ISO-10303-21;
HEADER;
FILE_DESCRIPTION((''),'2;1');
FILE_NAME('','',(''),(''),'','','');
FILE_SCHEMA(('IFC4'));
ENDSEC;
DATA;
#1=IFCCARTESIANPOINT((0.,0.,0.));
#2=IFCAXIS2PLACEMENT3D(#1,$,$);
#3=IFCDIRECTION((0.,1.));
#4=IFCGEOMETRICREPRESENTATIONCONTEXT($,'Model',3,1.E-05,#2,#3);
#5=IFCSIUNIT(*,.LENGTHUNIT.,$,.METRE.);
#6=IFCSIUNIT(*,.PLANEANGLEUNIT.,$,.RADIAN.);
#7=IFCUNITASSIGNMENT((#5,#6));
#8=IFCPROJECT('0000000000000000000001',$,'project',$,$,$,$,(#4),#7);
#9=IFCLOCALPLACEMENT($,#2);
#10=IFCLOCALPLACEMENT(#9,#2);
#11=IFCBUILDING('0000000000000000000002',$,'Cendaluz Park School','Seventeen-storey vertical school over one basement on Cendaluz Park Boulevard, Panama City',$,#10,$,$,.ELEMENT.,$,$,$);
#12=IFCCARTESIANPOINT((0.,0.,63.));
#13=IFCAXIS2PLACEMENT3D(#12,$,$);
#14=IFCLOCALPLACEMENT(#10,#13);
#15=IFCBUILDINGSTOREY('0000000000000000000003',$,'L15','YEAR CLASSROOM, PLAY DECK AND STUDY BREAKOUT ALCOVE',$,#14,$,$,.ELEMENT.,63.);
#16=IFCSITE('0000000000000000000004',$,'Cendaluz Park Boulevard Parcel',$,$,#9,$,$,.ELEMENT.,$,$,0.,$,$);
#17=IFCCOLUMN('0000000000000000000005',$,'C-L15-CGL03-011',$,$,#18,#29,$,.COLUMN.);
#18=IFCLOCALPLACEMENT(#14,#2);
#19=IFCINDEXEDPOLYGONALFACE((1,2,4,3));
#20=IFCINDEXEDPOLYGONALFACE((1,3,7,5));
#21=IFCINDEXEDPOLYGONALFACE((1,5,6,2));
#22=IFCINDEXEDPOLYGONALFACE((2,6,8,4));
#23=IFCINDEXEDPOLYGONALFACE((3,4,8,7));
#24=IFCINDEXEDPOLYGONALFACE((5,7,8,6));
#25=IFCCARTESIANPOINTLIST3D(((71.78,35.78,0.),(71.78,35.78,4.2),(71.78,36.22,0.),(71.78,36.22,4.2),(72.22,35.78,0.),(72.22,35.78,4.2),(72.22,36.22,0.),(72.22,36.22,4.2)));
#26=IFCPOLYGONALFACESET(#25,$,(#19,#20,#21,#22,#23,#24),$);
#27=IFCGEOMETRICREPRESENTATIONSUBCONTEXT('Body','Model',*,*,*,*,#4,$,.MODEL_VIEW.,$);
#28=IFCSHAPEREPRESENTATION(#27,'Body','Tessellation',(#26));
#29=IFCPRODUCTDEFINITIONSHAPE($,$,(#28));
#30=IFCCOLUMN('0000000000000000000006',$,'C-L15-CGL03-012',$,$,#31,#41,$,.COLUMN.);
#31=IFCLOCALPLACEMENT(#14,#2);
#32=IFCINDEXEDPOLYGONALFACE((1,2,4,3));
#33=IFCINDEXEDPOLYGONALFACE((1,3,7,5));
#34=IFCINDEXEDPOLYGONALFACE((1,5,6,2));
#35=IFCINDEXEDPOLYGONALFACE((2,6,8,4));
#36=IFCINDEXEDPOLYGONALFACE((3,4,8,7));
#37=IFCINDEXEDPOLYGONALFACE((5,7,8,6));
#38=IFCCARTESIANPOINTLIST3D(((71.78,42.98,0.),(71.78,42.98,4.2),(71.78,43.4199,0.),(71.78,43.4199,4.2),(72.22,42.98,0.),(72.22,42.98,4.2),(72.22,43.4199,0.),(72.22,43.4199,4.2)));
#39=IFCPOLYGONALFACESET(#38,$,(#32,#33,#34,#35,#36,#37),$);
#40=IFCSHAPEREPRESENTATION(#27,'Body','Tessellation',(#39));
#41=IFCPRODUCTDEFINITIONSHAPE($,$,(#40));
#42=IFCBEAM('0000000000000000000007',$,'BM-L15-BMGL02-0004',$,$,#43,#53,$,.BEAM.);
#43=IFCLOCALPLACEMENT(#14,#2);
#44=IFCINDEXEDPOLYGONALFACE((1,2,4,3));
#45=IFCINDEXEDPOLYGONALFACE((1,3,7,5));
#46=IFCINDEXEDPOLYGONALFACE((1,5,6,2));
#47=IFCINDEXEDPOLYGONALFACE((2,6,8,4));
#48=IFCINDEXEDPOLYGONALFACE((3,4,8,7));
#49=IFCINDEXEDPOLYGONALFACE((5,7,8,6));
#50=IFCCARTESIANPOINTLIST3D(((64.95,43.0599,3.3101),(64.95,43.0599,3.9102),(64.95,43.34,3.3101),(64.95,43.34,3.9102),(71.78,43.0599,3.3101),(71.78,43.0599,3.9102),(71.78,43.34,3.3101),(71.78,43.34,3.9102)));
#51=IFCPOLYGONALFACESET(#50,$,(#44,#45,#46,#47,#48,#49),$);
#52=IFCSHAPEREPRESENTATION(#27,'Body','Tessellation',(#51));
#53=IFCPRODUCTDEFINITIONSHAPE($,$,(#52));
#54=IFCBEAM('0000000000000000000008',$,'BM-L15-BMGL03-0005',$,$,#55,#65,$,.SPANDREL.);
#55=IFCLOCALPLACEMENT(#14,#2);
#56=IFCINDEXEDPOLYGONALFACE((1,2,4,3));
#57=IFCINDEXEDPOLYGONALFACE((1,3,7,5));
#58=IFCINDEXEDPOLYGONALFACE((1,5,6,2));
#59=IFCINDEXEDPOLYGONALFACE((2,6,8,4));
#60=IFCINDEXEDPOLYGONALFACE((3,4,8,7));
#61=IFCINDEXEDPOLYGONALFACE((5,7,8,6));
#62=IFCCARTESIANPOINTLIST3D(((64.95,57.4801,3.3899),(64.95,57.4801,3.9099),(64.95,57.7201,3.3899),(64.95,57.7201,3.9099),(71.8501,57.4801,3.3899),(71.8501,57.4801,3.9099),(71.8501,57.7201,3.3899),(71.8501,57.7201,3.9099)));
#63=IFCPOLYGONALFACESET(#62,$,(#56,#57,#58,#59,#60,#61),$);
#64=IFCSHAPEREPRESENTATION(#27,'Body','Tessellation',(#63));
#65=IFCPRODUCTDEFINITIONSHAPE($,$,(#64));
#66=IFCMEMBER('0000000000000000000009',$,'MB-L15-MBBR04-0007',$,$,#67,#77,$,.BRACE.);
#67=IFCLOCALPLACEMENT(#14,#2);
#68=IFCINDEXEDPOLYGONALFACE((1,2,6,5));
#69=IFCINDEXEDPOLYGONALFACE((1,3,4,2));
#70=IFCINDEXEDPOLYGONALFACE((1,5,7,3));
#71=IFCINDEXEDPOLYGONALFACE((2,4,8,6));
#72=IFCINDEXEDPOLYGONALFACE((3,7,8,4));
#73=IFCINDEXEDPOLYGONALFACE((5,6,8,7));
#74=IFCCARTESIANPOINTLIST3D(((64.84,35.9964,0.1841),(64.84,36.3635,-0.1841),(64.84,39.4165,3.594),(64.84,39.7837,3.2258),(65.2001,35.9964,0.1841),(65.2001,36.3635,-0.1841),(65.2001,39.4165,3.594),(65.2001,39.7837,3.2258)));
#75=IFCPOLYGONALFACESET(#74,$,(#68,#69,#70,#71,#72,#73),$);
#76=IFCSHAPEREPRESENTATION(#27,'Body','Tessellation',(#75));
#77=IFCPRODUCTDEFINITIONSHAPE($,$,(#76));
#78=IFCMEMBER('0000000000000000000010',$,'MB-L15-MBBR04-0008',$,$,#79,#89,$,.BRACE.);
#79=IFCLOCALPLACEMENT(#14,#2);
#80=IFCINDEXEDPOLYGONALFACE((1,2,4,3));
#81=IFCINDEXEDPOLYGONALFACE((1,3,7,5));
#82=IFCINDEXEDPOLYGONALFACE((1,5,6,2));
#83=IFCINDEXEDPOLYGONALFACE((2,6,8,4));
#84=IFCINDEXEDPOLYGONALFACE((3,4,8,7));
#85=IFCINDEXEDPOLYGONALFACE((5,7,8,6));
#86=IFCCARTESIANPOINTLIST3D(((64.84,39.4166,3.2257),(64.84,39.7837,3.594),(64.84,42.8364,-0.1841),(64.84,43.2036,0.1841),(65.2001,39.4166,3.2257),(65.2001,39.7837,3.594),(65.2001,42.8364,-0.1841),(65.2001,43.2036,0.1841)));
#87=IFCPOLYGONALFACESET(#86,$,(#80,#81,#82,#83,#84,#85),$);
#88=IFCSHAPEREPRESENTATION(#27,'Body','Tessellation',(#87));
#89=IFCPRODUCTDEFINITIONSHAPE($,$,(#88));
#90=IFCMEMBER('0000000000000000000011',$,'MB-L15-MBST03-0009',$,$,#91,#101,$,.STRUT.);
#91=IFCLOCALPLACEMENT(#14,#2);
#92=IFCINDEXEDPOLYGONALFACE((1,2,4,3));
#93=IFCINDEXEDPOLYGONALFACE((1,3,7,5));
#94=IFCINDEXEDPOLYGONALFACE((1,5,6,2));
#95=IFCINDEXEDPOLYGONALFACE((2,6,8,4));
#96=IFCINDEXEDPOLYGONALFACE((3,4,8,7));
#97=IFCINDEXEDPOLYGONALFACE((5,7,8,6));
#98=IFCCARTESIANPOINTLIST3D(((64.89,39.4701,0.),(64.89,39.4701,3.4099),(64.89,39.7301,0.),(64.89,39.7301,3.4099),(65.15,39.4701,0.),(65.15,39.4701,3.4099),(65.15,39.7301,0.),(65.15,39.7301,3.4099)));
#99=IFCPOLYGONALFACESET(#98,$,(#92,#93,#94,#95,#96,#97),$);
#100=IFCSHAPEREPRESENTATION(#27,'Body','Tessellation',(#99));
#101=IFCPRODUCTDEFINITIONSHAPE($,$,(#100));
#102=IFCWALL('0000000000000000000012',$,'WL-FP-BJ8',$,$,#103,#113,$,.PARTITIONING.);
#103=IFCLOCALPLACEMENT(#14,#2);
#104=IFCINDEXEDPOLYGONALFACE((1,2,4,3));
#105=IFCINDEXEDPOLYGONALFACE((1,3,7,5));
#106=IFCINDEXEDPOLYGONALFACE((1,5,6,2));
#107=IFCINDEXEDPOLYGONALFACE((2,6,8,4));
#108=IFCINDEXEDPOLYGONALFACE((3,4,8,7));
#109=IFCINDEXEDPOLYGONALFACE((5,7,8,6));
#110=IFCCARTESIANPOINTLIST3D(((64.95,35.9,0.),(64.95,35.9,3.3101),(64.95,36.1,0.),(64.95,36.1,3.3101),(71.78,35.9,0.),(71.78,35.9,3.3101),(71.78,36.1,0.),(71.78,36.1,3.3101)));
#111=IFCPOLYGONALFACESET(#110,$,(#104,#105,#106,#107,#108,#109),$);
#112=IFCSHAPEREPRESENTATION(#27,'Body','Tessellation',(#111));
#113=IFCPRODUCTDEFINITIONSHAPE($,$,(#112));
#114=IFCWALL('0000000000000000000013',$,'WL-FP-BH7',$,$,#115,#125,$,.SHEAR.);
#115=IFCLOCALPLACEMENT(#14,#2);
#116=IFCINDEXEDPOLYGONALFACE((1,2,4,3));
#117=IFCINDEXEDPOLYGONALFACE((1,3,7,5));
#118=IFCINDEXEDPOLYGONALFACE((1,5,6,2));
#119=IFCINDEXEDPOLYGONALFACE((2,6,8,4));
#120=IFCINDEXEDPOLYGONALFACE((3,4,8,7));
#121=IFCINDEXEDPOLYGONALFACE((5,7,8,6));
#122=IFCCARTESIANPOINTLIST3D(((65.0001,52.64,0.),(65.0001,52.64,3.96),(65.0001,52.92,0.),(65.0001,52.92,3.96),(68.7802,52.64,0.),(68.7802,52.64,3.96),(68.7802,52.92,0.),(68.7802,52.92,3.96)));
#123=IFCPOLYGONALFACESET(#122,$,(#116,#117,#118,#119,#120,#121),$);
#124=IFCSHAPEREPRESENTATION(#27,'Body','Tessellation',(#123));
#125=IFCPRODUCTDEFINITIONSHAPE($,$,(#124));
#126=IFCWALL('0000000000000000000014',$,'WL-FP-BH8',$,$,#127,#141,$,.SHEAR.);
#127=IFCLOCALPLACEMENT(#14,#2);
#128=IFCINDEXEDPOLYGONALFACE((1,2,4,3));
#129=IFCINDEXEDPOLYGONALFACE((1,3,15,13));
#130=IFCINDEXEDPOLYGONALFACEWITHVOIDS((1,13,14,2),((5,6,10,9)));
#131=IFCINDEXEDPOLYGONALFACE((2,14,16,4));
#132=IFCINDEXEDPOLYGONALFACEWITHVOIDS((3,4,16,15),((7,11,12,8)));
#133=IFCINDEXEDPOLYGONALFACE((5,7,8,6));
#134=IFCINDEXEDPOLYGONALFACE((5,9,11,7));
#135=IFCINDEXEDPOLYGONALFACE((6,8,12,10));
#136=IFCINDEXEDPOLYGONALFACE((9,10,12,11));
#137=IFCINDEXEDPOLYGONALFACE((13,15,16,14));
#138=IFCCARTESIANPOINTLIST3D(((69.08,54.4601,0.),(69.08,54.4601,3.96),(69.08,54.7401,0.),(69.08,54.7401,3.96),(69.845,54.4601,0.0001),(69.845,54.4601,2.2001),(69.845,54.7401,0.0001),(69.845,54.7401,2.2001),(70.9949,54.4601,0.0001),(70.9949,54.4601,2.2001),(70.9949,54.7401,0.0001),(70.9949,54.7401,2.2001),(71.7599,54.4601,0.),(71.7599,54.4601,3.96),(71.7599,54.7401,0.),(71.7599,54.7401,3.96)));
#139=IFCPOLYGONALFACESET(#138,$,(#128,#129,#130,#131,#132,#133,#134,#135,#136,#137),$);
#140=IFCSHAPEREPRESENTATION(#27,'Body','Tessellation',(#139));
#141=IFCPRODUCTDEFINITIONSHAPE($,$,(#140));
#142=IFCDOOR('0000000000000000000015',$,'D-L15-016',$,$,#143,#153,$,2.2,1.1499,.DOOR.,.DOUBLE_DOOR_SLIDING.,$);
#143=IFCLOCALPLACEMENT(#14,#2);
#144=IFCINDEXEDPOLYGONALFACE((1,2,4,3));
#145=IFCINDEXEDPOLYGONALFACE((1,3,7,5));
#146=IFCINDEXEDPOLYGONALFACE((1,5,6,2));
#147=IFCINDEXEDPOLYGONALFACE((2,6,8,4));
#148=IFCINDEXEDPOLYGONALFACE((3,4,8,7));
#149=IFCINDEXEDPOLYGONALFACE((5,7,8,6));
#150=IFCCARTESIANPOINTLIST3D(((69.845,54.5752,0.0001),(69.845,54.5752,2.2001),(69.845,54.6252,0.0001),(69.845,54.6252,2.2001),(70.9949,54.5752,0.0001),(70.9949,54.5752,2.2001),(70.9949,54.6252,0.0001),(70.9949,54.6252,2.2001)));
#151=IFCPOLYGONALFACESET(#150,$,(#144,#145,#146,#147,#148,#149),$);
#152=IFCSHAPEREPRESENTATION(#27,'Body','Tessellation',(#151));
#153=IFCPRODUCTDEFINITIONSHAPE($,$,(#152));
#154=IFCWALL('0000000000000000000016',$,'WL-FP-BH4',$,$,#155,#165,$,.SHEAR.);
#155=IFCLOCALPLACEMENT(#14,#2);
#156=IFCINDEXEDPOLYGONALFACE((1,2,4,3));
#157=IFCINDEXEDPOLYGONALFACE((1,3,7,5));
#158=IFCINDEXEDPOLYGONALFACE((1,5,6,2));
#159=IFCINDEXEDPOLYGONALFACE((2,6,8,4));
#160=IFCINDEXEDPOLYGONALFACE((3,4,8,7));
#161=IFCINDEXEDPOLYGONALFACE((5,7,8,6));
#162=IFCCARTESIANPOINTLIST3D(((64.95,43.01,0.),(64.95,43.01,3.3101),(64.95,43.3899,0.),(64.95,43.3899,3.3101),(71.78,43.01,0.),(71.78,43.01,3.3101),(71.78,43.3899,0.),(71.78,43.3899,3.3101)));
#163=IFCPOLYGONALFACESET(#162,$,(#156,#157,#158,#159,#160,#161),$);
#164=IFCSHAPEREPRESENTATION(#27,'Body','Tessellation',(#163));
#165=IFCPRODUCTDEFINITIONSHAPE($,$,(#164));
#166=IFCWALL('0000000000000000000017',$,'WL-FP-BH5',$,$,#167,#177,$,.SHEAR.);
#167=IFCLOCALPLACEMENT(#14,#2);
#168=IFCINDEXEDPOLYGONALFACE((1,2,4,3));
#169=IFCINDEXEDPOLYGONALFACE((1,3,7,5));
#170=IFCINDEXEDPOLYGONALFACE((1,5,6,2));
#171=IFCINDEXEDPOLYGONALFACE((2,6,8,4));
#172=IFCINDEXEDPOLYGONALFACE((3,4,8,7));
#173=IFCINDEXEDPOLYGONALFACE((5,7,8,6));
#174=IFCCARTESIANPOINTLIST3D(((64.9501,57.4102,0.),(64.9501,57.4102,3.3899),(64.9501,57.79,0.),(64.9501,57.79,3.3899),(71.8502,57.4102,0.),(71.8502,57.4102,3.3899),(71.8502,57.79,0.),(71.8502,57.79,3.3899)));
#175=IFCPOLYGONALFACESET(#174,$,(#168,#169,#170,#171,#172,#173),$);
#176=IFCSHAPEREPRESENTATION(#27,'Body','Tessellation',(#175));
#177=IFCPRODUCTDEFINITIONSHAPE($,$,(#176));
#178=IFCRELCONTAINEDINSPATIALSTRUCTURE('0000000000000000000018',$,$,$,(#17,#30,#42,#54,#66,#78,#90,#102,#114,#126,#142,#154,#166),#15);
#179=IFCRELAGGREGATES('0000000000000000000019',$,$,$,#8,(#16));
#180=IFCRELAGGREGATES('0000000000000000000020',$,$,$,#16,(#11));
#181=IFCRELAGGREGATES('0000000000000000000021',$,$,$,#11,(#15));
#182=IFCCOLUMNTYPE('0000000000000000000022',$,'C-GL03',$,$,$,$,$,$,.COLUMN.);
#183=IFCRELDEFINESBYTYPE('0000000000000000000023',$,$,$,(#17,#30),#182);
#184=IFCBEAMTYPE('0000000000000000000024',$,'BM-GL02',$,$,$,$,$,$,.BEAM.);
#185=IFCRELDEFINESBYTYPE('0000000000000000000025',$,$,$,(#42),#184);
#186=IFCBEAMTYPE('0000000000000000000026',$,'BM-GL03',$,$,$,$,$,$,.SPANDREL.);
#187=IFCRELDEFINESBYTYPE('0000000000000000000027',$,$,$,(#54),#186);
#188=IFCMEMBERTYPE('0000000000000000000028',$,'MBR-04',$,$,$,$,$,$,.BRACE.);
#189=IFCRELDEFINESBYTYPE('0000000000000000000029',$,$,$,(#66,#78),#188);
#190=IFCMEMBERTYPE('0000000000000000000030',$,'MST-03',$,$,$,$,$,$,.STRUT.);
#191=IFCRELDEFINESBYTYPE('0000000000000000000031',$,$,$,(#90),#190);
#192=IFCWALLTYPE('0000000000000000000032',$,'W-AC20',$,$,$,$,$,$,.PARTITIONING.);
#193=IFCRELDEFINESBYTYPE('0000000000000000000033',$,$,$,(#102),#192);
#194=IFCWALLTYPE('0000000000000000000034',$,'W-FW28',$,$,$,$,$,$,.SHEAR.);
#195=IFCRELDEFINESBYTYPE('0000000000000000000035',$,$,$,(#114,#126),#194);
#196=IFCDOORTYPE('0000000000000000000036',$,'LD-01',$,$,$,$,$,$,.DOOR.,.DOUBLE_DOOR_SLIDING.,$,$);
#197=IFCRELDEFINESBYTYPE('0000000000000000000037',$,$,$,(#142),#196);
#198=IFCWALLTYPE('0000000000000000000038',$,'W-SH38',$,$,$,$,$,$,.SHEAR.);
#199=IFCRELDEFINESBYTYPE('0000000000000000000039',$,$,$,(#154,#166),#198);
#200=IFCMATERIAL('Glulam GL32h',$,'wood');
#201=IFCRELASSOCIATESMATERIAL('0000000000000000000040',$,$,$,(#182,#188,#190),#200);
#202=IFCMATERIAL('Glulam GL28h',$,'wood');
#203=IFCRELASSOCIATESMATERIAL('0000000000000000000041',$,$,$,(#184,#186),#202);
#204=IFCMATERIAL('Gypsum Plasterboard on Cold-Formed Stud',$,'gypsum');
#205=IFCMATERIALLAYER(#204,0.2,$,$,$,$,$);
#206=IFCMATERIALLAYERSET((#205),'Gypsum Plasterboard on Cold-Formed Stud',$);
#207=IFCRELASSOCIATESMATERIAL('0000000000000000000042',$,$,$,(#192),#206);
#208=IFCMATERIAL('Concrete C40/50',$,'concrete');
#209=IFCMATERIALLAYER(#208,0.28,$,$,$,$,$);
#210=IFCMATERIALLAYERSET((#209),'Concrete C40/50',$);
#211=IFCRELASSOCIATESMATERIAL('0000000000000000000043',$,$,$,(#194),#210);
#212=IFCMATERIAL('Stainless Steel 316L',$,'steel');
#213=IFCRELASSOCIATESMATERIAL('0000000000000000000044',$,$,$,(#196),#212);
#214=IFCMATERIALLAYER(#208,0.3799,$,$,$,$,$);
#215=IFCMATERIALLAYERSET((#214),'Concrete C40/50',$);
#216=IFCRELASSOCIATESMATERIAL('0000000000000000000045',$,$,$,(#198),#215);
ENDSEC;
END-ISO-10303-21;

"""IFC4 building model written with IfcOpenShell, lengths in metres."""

from ifc_helpers import new_model, si_unit, direction, frame, frame_2d, origin, origin_2d, place, context, subcontext, project, spatial, rectangle, extrude, material, layer, layer_set, material_profile, profile_set, type_object, element, fill, save


model = new_model("IFC4")

# Units and contexts
model_context = context("Model", 3, precision=1e-05, world=origin(), true_north=direction((0.0, 1.0)))
body_context = subcontext(model_context, "Body", "Model", "MODEL_VIEW")
ifc_project = project(units=[si_unit("LENGTHUNIT", "METRE"), si_unit("PLANEANGLEUNIT", "RADIAN")], contexts=[model_context])

# Site, building, storey
site_placement = place(None, origin())
site = spatial("IfcSite", under=ifc_project, at=site_placement, Name="Cendaluz Park Boulevard Parcel", CompositionType="ELEMENT", RefElevation=0.0)
building_placement = place(site_placement, origin())
building = spatial("IfcBuilding", under=site, at=building_placement, Name="Cendaluz Park School", Description="Seventeen-storey vertical school over one basement on Cendaluz Park Boulevard, Panama City", CompositionType="ELEMENT")
storey_placement = place(building_placement, frame((0.0, 0.0, 63.0)))
storey = spatial("IfcBuildingStorey", under=building, at=storey_placement, Name="L15", Description="YEAR CLASSROOM, PLAY DECK AND STUDY BREAKOUT ALCOVE", CompositionType="ELEMENT", Elevation=63.0)

# Columns
ifc_material_1 = material(Name="Glulam GL32h", Category="wood")
ifc_material_profile_1 = material_profile(ifc_material_1, rectangle(XDim=0.4399, YDim=0.4399, at=origin_2d()), Name="GL32h 440x440", Category="wood")
ifc_profile_set_1 = profile_set([ifc_material_profile_1], Name="Glulam GL32h")
column_type = type_object("IfcColumnType", Name="C-GL03", PredefinedType="COLUMN", material=ifc_profile_set_1)
for number, where, z_axis, x_axis, name in (
    (1, (72.0, 36.0, 0.0), (0.0, 0.0, 1.0), (1.0, 0.0, 0.0), "C-L15-CGL03-011"),
    (2, (72.0, 43.2, 0.0), (0.0, 0.0, 1.0), (1.0, 0.0, 0.0), "C-L15-CGL03-012"),
):
    element("IfcColumn", number, at=place(storey_placement, frame(where, z_axis=z_axis, x_axis=x_axis)), inside=storey, type_object=column_type, Name=name, PredefinedType="COLUMN", context=body_context, shape_type="SweptSolid", body=[
        extrude(rectangle(XDim=0.4399, YDim=0.4399, at=origin_2d()), origin(), (0.0, 0.0, 1.0), 4.2),
    ])

# Beams
ifc_material_2 = material(Name="Glulam GL28h", Category="wood")
ifc_material_profile_2 = material_profile(ifc_material_2, rectangle(XDim=0.28, YDim=0.6001, at=origin_2d()), Name="GL28h 280x600", Category="wood")
ifc_profile_set_2 = profile_set([ifc_material_profile_2], Name="Glulam GL28h")
beam_type_1 = type_object("IfcBeamType", Name="BM-GL02", PredefinedType="BEAM", material=ifc_profile_set_2)
beam_1_placement = place(storey_placement, frame((64.95, 43.2, 3.6101), z_axis=(1.0, 0.0, 0.0), x_axis=(0.0, 1.0, 0.0)))
element("IfcBeam", 3, at=beam_1_placement, inside=storey, type_object=beam_type_1, Name="BM-L15-BMGL02-0004", PredefinedType="BEAM", context=body_context, shape_type="SweptSolid", body=[
    extrude(rectangle(XDim=0.28, YDim=0.6001, at=origin_2d()), origin(), (0.0, 0.0, 1.0), 6.8301),
])
ifc_material_profile_3 = material_profile(ifc_material_2, rectangle(XDim=0.24, YDim=0.52, at=origin_2d()), Name="GL28h 240x520", Category="wood")
ifc_profile_set_3 = profile_set([ifc_material_profile_3], Name="Glulam GL28h")
beam_type_2 = type_object("IfcBeamType", Name="BM-GL03", PredefinedType="SPANDREL", material=ifc_profile_set_3)
beam_2_placement = place(storey_placement, frame((64.95, 57.6001, 3.6499), z_axis=(1.0, 0.0, 0.0), x_axis=(0.0, 1.0, 0.0)))
element("IfcBeam", 4, at=beam_2_placement, inside=storey, type_object=beam_type_2, Name="BM-L15-BMGL03-0005", PredefinedType="SPANDREL", context=body_context, shape_type="SweptSolid", body=[
    extrude(rectangle(XDim=0.24, YDim=0.52, at=origin_2d()), origin(), (0.0, 0.0, 1.0), 6.9001),
])

# Members
ifc_material_profile_4 = material_profile(ifc_material_1, rectangle(XDim=0.3601, YDim=0.52, at=origin_2d()), Name="GL32h 360x520", Category="wood")
ifc_profile_set_4 = profile_set([ifc_material_profile_4], Name="Glulam GL32h")
member_type_1 = type_object("IfcMemberType", Name="MBR-04", PredefinedType="BRACE", material=ifc_profile_set_4)
member_1_placement = place(storey_placement, frame((65.02, 36.1799, 0.0), z_axis=(0.0, 0.708168, 0.706044), x_axis=(-1.0, 0.0, 0.0)))
element("IfcMember", 5, at=member_1_placement, inside=storey, type_object=member_type_1, Name="MB-L15-MBBR04-0007", PredefinedType="BRACE", context=body_context, shape_type="SweptSolid", body=[
    extrude(rectangle(XDim=0.3601, YDim=0.52, at=origin_2d()), origin(), (0.0, 0.0, 1.0), 4.8296),
])
member_2_placement = place(storey_placement, frame((65.02, 43.02, 0.0), z_axis=(0.0, -0.708142, 0.70607), x_axis=(1.0, 0.0, 0.0)))
element("IfcMember", 6, at=member_2_placement, inside=storey, type_object=member_type_1, Name="MB-L15-MBBR04-0008", PredefinedType="BRACE", context=body_context, shape_type="SweptSolid", body=[
    extrude(rectangle(XDim=0.3601, YDim=0.52, at=origin_2d()), origin(), (0.0, 0.0, 1.0), 4.8293),
])
ifc_material_profile_5 = material_profile(ifc_material_1, rectangle(XDim=0.26, YDim=0.26, at=origin_2d()), Name="GL32h 260x260", Category="wood")
ifc_profile_set_5 = profile_set([ifc_material_profile_5], Name="Glulam GL32h")
member_type_2 = type_object("IfcMemberType", Name="MST-03", PredefinedType="STRUT", material=ifc_profile_set_5)
member_3_placement = place(storey_placement, frame((65.02, 39.6001, 0.0), z_axis=(0.0, 0.0, 1.0), x_axis=(1.0, 0.0, 0.0)))
element("IfcMember", 7, at=member_3_placement, inside=storey, type_object=member_type_2, Name="MB-L15-MBST03-0009", PredefinedType="STRUT", context=body_context, shape_type="SweptSolid", body=[
    extrude(rectangle(XDim=0.26, YDim=0.26, at=origin_2d()), origin(), (0.0, 0.0, 1.0), 3.4099),
])

# Wall
ifc_material_3 = material(Name="Gypsum Plasterboard on Cold-Formed Stud", Category="gypsum")
ifc_layer_1 = layer(ifc_material_3, 0.2)
ifc_layer_set_1 = layer_set([ifc_layer_1], Name="Gypsum Plasterboard on Cold-Formed Stud")
wall_type_1 = type_object("IfcWallType", Name="W-AC20", PredefinedType="PARTITIONING", material=ifc_layer_set_1)
wall_1_placement = place(storey_placement, frame((64.95, 36.0, 0.0), z_axis=(0.0, 0.0, 1.0), x_axis=(1.0, 0.0, 0.0)))
element("IfcWall", 8, at=wall_1_placement, inside=storey, type_object=wall_type_1, Name="WL-FP-BJ8", PredefinedType="PARTITIONING", context=body_context, shape_type="SweptSolid", body=[
    extrude(rectangle(XDim=6.8301, YDim=0.2, at=frame_2d((3.415, 0.0))), origin(), (0.0, 0.0, 1.0), 3.3101),
])

# Shared definitions
ifc_material_4 = material(Name="Concrete C40/50", Category="concrete")
ifc_layer_2 = layer(ifc_material_4, 0.28)
ifc_layer_set_2 = layer_set([ifc_layer_2], Name="Concrete C40/50")
wall_type_2 = type_object("IfcWallType", Name="W-FW28", PredefinedType="SHEAR", material=ifc_layer_set_2)

# Wall
wall_2_placement = place(storey_placement, frame((65.0, 52.78, 0.0), z_axis=(0.0, 0.0, 1.0), x_axis=(1.0, 0.0, 0.0)))
element("IfcWall", 9, at=wall_2_placement, inside=storey, type_object=wall_type_2, Name="WL-FP-BH7", PredefinedType="SHEAR", context=body_context, shape_type="SweptSolid", body=[
    extrude(rectangle(XDim=3.78, YDim=0.28, at=frame_2d((1.8901, 0.0))), origin(), (0.0, 0.0, 1.0), 3.96),
])

# Wall, opening, door
wall_3_placement = place(storey_placement, frame((69.0801, 54.6001, 0.0), z_axis=(0.0, 0.0, 1.0), x_axis=(1.0, 0.0, 0.0)))
wall_3 = element("IfcWall", 10, at=wall_3_placement, inside=storey, type_object=wall_type_2, Name="WL-FP-BH8", PredefinedType="SHEAR", context=body_context, shape_type="SweptSolid", body=[
    extrude(rectangle(XDim=2.6799, YDim=0.28, at=frame_2d((1.3398, 0.0))), origin(), (0.0, 0.0, 1.0), 3.96),
])
opening_1_placement = place(wall_3_placement, frame((0.7649, 0.0, 0.0)))
opening_1 = element("IfcOpeningElement", 11, at=opening_1_placement, cuts=wall_3, PredefinedType="OPENING", context=body_context, shape_type="SweptSolid", body=[
    extrude(rectangle(XDim=1.1499, YDim=2.2, at=frame_2d((0.575, 1.1001))), frame((0.0, 0.1521, 0.0), z_axis=(0.0, -1.0, 0.0), x_axis=(1.0, 0.0, 0.0)), (0.0, 0.0, 1.0), 0.304),
])
ifc_material_5 = material(Name="Stainless Steel 316L", Category="steel")
door_type_1 = type_object("IfcDoorType", Name="LD-01", OperationType="DOUBLE_DOOR_SLIDING", PredefinedType="DOOR", material=ifc_material_5)
door_1_placement = place(opening_1_placement, frame((1.1499, 0.0, 0.0), z_axis=(0.0, 0.0, 1.0), x_axis=(-1.0, 0.0, 0.0)))
door_1 = element("IfcDoor", 12, at=door_1_placement, inside=storey, type_object=door_type_1, Name="D-L15-016", OperationType="DOUBLE_DOOR_SLIDING", OverallHeight=2.2, OverallWidth=1.1499, PredefinedType="DOOR", context=body_context, shape_type="SweptSolid", body=[
    extrude(rectangle(XDim=1.1499, YDim=2.2, at=frame_2d((0.575, 1.1001))), frame((0.0, 0.0249, 0.0), z_axis=(0.0, -1.0, 0.0), x_axis=(1.0, 0.0, 0.0)), (0.0, 0.0, 1.0), 0.05),
])
fill(opening_1, door_1)

# Walls
ifc_layer_3 = layer(ifc_material_4, 0.3799)
ifc_layer_set_3 = layer_set([ifc_layer_3], Name="Concrete C40/50")
wall_type_3 = type_object("IfcWallType", Name="W-SH38", PredefinedType="SHEAR", material=ifc_layer_set_3)
wall_4_placement = place(storey_placement, frame((64.95, 43.2, 0.0), z_axis=(0.0, 0.0, 1.0), x_axis=(1.0, 0.0, 0.0)))
element("IfcWall", 13, at=wall_4_placement, inside=storey, type_object=wall_type_3, Name="WL-FP-BH4", PredefinedType="SHEAR", context=body_context, shape_type="SweptSolid", body=[
    extrude(rectangle(XDim=6.8301, YDim=0.3799, at=frame_2d((3.415, 0.0))), origin(), (0.0, 0.0, 1.0), 3.3101),
])
wall_5_placement = place(storey_placement, frame((64.95, 57.6001, 0.0), z_axis=(0.0, 0.0, 1.0), x_axis=(1.0, 0.0, 0.0)))
element("IfcWall", 14, at=wall_5_placement, inside=storey, type_object=wall_type_3, Name="WL-FP-BH5", PredefinedType="SHEAR", context=body_context, shape_type="SweptSolid", body=[
    extrude(rectangle(XDim=6.9001, YDim=0.3799, at=frame_2d((3.4502, 0.0))), origin(), (0.0, 0.0, 1.0), 3.3899),
])

save(model, "model.ifc")
